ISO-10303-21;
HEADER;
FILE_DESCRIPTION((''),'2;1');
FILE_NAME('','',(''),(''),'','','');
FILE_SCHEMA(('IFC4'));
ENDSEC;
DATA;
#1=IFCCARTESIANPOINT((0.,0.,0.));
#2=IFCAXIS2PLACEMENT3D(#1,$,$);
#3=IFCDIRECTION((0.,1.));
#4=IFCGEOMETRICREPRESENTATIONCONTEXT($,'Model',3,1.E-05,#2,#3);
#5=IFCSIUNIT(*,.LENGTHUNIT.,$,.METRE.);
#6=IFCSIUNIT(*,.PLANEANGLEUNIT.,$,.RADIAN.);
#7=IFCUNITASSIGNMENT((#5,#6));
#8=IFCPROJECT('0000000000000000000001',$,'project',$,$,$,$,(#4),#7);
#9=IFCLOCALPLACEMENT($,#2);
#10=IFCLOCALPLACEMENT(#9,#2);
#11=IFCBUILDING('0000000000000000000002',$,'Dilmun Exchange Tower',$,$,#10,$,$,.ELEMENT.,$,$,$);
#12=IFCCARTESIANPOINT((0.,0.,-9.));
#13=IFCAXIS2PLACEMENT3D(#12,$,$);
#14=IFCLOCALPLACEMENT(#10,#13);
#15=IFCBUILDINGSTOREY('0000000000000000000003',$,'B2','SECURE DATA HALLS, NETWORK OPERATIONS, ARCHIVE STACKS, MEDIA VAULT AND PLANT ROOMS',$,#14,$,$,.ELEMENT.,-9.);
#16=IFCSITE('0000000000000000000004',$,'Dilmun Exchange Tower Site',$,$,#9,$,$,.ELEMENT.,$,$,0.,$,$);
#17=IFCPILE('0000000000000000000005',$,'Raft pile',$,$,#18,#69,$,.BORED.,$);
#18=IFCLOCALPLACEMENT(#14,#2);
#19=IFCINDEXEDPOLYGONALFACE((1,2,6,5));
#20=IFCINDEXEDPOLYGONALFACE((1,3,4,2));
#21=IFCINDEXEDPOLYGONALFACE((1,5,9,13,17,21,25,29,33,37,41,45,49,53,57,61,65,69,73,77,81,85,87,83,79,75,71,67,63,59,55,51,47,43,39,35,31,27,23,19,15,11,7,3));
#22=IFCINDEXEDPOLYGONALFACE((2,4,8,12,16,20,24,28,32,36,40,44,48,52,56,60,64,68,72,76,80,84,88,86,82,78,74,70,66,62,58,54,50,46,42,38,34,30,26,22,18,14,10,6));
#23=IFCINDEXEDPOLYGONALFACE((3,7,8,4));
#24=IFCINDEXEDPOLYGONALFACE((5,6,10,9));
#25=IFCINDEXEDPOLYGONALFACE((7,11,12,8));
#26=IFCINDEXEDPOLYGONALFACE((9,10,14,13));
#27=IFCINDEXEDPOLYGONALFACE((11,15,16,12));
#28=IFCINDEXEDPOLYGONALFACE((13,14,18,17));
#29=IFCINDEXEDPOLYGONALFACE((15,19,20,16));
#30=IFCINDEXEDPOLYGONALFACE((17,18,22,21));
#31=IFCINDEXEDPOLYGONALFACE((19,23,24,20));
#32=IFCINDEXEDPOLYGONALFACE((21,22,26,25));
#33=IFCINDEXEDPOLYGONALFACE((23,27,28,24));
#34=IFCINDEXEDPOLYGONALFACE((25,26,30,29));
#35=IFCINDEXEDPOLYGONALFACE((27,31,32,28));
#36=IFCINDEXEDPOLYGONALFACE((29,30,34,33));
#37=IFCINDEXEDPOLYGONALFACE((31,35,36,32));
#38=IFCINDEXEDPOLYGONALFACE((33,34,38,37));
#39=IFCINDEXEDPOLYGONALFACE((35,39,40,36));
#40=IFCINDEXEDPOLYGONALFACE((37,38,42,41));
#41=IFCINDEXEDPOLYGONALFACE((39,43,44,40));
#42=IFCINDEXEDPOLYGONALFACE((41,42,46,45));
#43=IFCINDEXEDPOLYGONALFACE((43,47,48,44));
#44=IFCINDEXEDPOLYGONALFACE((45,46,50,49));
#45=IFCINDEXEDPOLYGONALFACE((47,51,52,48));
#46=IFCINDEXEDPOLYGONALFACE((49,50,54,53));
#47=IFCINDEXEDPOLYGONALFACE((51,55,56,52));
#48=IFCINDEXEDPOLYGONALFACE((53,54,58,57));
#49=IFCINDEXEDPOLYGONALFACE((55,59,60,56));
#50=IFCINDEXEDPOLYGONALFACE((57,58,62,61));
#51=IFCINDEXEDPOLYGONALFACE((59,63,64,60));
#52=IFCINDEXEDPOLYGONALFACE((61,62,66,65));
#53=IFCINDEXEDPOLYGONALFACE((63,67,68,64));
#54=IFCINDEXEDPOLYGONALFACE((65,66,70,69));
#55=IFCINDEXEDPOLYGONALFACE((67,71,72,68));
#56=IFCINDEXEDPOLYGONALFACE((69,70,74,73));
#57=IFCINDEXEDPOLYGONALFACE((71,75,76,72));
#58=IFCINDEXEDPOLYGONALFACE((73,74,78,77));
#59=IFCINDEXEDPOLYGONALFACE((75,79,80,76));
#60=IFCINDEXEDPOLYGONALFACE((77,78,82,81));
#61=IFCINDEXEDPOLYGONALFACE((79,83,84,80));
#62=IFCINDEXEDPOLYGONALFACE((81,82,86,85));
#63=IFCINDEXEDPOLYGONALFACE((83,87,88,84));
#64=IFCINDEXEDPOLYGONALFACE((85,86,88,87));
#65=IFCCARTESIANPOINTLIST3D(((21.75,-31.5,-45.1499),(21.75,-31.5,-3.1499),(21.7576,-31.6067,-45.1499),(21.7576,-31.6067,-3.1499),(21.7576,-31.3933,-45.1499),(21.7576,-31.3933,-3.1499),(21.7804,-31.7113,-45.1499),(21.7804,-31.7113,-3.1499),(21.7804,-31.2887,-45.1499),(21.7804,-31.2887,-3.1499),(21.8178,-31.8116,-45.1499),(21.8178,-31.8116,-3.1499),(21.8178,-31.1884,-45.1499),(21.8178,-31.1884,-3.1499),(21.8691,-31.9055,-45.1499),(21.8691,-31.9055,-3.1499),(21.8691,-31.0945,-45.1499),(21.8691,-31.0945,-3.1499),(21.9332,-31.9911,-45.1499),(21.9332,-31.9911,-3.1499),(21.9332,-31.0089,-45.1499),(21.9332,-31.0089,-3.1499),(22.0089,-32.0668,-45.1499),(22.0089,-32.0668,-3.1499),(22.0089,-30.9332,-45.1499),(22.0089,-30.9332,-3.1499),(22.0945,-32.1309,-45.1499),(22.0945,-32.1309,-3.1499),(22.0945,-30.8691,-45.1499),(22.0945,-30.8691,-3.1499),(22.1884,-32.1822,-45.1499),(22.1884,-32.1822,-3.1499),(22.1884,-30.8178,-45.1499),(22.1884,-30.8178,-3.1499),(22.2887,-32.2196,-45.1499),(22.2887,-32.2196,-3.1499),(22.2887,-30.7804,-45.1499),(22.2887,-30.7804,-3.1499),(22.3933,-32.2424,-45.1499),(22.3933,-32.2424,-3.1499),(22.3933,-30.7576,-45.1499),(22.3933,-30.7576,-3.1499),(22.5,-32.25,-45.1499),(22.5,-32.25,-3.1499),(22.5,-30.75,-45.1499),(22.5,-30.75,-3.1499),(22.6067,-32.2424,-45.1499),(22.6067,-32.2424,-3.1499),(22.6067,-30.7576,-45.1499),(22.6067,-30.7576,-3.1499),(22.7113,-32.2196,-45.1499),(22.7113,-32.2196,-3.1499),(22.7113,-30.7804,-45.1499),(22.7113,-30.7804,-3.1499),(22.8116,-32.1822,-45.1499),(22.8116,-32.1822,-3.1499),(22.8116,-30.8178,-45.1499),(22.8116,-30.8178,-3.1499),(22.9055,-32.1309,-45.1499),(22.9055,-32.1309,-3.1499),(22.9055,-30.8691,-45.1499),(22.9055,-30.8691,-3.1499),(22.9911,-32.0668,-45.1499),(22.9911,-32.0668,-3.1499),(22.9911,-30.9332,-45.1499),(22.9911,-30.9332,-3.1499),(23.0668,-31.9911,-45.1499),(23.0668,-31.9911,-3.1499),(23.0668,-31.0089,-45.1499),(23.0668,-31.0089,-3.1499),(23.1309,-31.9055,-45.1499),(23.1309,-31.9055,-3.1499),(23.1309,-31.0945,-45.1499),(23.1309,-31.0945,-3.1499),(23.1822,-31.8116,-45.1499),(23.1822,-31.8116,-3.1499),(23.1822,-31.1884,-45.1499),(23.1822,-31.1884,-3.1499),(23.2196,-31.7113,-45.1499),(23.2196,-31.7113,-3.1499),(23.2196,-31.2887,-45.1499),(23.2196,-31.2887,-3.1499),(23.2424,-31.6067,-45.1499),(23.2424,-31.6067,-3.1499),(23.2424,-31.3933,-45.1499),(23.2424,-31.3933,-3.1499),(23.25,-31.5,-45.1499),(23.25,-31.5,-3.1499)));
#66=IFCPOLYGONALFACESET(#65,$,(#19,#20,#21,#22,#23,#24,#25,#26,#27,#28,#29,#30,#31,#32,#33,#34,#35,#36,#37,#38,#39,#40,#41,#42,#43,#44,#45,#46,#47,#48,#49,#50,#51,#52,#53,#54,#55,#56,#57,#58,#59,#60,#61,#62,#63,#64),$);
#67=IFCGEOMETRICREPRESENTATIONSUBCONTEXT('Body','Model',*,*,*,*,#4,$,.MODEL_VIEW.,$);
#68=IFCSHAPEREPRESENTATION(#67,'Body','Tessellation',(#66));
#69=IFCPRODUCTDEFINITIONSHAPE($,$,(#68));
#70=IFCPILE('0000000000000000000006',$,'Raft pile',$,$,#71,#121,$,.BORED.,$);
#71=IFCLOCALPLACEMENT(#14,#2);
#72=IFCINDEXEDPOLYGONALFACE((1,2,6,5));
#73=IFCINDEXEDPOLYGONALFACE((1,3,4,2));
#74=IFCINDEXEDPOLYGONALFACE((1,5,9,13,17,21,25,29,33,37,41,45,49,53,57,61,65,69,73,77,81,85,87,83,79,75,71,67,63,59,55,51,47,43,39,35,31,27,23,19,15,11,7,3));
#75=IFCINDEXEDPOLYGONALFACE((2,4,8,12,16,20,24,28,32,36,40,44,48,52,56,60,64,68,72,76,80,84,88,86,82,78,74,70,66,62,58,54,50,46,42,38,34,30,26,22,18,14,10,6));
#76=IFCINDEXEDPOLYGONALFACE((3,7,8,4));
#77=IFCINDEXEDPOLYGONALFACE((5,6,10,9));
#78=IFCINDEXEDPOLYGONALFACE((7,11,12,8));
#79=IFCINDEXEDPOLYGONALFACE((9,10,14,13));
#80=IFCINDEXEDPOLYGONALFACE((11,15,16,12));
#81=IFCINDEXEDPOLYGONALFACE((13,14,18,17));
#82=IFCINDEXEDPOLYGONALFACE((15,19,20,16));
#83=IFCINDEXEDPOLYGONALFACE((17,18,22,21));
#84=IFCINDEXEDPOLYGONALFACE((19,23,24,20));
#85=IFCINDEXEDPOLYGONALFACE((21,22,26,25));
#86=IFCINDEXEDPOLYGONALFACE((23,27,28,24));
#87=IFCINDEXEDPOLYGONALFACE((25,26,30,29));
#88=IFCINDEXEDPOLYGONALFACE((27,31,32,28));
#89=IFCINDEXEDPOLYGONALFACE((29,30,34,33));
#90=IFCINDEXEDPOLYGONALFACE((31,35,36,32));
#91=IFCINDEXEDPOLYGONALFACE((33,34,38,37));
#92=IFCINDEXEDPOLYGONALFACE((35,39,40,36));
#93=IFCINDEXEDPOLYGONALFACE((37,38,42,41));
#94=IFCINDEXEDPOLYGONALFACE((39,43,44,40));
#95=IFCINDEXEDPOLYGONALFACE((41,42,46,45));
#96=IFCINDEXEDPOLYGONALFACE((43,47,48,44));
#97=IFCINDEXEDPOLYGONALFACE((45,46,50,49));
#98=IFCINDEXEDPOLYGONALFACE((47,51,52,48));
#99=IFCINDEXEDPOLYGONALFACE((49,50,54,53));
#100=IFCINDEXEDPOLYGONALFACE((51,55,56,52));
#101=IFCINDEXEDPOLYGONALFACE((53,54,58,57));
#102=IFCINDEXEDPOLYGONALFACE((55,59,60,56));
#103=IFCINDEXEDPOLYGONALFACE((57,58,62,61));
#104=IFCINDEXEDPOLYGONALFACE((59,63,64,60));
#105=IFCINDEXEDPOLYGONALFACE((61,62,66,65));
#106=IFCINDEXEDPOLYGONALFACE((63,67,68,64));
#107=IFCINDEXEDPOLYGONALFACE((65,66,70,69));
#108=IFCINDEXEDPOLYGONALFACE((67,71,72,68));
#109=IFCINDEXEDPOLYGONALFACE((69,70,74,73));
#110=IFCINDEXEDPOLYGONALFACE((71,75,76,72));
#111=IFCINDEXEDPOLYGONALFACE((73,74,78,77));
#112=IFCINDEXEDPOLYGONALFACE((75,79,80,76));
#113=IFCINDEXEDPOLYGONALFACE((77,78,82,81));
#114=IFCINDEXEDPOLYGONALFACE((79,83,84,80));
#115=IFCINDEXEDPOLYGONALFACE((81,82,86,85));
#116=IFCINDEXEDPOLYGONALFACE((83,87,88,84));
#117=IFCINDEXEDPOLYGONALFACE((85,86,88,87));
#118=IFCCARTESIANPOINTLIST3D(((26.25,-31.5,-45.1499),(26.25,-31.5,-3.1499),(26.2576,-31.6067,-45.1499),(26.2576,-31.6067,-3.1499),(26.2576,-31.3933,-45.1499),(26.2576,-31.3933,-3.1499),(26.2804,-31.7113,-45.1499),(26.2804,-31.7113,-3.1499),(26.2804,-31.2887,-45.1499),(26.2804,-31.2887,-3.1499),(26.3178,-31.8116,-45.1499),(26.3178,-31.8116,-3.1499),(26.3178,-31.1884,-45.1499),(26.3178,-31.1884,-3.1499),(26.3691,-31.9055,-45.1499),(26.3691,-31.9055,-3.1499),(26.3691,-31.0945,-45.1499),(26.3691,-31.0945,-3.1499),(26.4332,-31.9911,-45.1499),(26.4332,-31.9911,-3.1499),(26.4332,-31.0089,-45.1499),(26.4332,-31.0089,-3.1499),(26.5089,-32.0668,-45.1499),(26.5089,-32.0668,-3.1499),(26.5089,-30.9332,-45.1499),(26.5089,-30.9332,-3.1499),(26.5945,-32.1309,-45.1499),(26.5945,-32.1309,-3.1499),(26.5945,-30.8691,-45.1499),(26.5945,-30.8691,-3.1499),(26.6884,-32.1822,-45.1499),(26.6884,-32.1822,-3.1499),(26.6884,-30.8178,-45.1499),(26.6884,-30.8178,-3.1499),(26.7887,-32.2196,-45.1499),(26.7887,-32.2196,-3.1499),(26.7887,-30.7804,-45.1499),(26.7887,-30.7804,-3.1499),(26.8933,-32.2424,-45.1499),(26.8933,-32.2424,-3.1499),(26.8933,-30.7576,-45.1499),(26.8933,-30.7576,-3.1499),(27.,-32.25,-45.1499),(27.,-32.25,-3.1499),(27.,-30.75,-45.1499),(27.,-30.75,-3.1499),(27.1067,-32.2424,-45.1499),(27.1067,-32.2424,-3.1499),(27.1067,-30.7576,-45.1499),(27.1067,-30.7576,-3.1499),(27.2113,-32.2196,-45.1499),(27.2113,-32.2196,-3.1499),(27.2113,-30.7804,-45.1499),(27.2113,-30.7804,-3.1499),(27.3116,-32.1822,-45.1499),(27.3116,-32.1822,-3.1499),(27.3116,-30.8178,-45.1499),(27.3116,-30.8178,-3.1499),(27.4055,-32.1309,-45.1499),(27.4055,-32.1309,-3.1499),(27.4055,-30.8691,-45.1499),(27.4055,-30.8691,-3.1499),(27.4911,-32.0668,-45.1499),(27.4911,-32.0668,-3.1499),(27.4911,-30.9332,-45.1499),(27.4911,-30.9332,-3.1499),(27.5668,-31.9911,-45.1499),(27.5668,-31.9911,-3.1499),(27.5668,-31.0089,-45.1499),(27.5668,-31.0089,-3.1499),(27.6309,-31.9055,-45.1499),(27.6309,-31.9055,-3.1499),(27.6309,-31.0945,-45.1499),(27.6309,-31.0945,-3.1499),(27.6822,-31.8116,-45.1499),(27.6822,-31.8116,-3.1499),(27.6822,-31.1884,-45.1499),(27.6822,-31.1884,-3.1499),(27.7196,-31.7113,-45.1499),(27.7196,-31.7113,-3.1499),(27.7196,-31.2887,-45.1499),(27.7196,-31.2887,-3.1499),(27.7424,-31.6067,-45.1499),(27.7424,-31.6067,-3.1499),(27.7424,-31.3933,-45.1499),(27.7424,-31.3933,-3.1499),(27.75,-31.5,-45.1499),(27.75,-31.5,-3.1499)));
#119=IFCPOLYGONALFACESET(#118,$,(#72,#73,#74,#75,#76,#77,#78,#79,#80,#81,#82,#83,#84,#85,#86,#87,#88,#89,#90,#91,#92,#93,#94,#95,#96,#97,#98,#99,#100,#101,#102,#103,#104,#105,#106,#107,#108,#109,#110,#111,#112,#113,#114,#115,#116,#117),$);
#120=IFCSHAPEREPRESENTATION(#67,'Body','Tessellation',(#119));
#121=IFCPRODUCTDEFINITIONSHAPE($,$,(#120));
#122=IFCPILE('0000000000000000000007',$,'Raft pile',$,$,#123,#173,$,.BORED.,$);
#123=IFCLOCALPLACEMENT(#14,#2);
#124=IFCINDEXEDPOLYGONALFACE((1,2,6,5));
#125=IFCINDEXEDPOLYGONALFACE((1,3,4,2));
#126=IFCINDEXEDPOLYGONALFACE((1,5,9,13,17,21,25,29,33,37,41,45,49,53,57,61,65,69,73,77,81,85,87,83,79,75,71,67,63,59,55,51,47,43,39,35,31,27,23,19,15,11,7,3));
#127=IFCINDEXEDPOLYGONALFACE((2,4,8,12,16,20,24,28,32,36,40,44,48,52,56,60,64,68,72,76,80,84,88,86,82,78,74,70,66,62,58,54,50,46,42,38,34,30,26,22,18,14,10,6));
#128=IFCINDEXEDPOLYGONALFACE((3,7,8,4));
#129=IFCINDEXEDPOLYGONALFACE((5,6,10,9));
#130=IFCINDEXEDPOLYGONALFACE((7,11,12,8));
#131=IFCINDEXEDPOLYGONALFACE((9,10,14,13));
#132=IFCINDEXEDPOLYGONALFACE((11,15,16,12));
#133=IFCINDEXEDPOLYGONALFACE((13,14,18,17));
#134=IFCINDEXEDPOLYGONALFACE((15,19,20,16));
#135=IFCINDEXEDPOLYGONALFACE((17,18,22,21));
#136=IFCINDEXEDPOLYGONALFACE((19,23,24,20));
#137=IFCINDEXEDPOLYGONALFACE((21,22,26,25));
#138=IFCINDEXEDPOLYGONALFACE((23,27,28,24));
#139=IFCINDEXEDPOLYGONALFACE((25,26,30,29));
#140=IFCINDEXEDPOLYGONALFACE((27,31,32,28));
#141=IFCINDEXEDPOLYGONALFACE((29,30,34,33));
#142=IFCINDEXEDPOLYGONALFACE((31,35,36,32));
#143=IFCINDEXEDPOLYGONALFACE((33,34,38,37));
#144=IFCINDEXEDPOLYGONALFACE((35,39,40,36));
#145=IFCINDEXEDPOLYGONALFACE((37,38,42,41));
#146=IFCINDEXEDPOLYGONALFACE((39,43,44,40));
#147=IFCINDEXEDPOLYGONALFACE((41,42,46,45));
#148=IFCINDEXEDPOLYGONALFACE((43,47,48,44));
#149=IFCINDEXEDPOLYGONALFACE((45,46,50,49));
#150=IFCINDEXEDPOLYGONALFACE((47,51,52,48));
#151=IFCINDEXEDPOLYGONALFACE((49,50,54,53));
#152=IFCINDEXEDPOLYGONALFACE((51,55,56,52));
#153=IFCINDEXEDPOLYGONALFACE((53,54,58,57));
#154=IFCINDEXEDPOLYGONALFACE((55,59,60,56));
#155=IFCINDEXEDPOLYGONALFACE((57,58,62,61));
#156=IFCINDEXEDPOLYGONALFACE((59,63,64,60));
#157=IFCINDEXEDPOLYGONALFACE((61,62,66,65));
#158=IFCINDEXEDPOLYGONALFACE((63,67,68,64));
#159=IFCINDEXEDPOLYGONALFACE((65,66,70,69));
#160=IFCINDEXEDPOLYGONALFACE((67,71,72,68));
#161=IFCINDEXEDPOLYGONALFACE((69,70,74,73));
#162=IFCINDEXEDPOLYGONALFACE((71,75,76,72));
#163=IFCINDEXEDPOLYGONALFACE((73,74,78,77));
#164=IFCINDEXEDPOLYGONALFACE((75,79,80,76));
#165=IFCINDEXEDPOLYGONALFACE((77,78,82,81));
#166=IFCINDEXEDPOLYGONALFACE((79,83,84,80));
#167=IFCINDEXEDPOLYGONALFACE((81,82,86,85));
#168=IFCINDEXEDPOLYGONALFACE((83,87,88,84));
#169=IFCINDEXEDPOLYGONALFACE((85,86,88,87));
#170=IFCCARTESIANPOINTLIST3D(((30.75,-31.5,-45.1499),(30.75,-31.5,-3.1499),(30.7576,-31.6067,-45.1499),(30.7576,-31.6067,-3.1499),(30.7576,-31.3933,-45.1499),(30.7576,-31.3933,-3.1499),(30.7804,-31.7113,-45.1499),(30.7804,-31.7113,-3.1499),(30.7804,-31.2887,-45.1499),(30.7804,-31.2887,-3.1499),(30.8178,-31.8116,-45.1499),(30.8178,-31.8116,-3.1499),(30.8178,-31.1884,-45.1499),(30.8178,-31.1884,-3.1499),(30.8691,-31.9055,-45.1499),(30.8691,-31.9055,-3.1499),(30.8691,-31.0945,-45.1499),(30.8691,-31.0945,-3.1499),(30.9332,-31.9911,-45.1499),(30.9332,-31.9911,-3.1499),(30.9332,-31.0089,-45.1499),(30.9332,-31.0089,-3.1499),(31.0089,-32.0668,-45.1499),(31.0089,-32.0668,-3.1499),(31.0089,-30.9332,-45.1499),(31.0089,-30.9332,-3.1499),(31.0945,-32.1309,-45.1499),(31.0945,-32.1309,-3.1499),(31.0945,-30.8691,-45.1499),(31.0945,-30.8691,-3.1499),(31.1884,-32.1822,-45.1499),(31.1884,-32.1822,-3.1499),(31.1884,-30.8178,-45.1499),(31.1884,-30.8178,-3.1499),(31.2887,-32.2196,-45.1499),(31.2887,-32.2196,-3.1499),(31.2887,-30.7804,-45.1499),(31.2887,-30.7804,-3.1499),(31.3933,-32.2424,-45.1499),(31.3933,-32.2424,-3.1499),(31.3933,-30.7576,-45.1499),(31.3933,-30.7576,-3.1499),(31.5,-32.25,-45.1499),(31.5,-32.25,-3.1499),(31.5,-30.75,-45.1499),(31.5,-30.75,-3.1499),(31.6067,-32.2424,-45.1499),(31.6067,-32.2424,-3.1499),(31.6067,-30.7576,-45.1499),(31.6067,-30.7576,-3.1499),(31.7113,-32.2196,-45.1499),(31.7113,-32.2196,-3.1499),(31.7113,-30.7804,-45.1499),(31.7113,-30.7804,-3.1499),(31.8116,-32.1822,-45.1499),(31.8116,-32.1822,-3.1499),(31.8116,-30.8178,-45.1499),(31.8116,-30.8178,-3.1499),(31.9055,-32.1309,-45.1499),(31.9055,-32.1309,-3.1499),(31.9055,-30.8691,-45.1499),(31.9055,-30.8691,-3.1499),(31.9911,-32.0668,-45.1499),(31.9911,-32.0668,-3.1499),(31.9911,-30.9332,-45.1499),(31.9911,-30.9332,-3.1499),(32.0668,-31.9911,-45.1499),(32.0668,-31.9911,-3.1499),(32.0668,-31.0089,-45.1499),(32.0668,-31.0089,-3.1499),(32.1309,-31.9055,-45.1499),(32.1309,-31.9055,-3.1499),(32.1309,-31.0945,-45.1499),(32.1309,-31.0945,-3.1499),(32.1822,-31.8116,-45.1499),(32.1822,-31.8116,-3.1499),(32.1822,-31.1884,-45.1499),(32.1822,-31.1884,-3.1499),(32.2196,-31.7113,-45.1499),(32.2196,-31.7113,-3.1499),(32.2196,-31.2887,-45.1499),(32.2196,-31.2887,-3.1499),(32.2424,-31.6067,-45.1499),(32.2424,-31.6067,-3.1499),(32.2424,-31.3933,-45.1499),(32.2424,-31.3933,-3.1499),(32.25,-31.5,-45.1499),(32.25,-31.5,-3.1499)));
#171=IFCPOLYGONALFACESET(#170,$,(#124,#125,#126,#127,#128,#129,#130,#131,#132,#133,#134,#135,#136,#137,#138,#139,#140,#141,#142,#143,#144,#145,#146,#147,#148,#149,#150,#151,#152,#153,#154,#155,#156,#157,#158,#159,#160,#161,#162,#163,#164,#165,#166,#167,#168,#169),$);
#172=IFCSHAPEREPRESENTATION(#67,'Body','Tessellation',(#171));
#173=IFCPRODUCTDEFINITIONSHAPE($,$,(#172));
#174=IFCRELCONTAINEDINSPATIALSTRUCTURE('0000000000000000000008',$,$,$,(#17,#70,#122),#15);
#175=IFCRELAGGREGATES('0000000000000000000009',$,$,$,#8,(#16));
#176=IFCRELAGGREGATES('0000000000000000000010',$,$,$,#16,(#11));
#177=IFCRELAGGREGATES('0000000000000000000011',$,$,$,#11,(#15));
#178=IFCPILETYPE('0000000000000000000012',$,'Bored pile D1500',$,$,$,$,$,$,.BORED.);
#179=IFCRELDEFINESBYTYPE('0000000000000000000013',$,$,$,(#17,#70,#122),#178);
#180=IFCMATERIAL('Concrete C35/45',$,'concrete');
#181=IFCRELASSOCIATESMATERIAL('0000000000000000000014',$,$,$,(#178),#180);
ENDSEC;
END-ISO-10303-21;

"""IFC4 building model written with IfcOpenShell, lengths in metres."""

from ifc_helpers import new_model, si_unit, direction, frame, origin, origin_2d, place, context, subcontext, project, spatial, circle, extrude, material, material_profile, profile_set, type_object, element, save


model = new_model("IFC4")

# Units and contexts
model_context = context("Model", 3, precision=1e-05, world=origin(), true_north=direction((0.0, 1.0)))
body_context = subcontext(model_context, "Body", "Model", "MODEL_VIEW")
ifc_project = project(units=[si_unit("LENGTHUNIT", "METRE"), si_unit("PLANEANGLEUNIT", "RADIAN")], contexts=[model_context])

# Site, building, storey
site_placement = place(None, origin())
site = spatial("IfcSite", under=ifc_project, at=site_placement, Name="Dilmun Exchange Tower Site", CompositionType="ELEMENT", RefElevation=0.0)
building_placement = place(site_placement, origin())
building = spatial("IfcBuilding", under=site, at=building_placement, Name="Dilmun Exchange Tower", CompositionType="ELEMENT")
storey_placement = place(building_placement, frame((0.0, 0.0, -9.0)))
storey = spatial("IfcBuildingStorey", under=building, at=storey_placement, Name="B2", Description="SECURE DATA HALLS, NETWORK OPERATIONS, ARCHIVE STACKS, MEDIA VAULT AND PLANT ROOMS", CompositionType="ELEMENT", Elevation=-9.0)

# Piles
ifc_material_1 = material(Name="Concrete C35/45", Category="concrete")
ifc_material_profile_1 = material_profile(ifc_material_1, circle(Radius=0.75, at=origin_2d()), Name="D1500")
ifc_profile_set_1 = profile_set([ifc_material_profile_1], Name="Concrete C35/45")
pile_type = type_object("IfcPileType", Name="Bored pile D1500", PredefinedType="BORED", material=ifc_profile_set_1)
for number, where, z_axis, x_axis, name in (
    (1, (22.5, -31.5, -3.1499), (0.0, 0.0, -1.0), (1.0, 0.0, 0.0), "Raft pile"),
    (2, (27.0, -31.5, -3.1499), (0.0, 0.0, -1.0), (1.0, 0.0, 0.0), "Raft pile"),
    (3, (31.5, -31.5, -3.1499), (0.0, 0.0, -1.0), (1.0, 0.0, 0.0), "Raft pile"),
):
    element("IfcPile", number, at=place(storey_placement, frame(where, z_axis=z_axis, x_axis=x_axis)), inside=storey, type_object=pile_type, Name=name, PredefinedType="BORED", context=body_context, shape_type="SweptSolid", body=[
        extrude(circle(Radius=0.75, at=origin_2d()), origin(), (0.0, 0.0, 1.0), 42.0),
    ])

save(model, "model.ifc")
